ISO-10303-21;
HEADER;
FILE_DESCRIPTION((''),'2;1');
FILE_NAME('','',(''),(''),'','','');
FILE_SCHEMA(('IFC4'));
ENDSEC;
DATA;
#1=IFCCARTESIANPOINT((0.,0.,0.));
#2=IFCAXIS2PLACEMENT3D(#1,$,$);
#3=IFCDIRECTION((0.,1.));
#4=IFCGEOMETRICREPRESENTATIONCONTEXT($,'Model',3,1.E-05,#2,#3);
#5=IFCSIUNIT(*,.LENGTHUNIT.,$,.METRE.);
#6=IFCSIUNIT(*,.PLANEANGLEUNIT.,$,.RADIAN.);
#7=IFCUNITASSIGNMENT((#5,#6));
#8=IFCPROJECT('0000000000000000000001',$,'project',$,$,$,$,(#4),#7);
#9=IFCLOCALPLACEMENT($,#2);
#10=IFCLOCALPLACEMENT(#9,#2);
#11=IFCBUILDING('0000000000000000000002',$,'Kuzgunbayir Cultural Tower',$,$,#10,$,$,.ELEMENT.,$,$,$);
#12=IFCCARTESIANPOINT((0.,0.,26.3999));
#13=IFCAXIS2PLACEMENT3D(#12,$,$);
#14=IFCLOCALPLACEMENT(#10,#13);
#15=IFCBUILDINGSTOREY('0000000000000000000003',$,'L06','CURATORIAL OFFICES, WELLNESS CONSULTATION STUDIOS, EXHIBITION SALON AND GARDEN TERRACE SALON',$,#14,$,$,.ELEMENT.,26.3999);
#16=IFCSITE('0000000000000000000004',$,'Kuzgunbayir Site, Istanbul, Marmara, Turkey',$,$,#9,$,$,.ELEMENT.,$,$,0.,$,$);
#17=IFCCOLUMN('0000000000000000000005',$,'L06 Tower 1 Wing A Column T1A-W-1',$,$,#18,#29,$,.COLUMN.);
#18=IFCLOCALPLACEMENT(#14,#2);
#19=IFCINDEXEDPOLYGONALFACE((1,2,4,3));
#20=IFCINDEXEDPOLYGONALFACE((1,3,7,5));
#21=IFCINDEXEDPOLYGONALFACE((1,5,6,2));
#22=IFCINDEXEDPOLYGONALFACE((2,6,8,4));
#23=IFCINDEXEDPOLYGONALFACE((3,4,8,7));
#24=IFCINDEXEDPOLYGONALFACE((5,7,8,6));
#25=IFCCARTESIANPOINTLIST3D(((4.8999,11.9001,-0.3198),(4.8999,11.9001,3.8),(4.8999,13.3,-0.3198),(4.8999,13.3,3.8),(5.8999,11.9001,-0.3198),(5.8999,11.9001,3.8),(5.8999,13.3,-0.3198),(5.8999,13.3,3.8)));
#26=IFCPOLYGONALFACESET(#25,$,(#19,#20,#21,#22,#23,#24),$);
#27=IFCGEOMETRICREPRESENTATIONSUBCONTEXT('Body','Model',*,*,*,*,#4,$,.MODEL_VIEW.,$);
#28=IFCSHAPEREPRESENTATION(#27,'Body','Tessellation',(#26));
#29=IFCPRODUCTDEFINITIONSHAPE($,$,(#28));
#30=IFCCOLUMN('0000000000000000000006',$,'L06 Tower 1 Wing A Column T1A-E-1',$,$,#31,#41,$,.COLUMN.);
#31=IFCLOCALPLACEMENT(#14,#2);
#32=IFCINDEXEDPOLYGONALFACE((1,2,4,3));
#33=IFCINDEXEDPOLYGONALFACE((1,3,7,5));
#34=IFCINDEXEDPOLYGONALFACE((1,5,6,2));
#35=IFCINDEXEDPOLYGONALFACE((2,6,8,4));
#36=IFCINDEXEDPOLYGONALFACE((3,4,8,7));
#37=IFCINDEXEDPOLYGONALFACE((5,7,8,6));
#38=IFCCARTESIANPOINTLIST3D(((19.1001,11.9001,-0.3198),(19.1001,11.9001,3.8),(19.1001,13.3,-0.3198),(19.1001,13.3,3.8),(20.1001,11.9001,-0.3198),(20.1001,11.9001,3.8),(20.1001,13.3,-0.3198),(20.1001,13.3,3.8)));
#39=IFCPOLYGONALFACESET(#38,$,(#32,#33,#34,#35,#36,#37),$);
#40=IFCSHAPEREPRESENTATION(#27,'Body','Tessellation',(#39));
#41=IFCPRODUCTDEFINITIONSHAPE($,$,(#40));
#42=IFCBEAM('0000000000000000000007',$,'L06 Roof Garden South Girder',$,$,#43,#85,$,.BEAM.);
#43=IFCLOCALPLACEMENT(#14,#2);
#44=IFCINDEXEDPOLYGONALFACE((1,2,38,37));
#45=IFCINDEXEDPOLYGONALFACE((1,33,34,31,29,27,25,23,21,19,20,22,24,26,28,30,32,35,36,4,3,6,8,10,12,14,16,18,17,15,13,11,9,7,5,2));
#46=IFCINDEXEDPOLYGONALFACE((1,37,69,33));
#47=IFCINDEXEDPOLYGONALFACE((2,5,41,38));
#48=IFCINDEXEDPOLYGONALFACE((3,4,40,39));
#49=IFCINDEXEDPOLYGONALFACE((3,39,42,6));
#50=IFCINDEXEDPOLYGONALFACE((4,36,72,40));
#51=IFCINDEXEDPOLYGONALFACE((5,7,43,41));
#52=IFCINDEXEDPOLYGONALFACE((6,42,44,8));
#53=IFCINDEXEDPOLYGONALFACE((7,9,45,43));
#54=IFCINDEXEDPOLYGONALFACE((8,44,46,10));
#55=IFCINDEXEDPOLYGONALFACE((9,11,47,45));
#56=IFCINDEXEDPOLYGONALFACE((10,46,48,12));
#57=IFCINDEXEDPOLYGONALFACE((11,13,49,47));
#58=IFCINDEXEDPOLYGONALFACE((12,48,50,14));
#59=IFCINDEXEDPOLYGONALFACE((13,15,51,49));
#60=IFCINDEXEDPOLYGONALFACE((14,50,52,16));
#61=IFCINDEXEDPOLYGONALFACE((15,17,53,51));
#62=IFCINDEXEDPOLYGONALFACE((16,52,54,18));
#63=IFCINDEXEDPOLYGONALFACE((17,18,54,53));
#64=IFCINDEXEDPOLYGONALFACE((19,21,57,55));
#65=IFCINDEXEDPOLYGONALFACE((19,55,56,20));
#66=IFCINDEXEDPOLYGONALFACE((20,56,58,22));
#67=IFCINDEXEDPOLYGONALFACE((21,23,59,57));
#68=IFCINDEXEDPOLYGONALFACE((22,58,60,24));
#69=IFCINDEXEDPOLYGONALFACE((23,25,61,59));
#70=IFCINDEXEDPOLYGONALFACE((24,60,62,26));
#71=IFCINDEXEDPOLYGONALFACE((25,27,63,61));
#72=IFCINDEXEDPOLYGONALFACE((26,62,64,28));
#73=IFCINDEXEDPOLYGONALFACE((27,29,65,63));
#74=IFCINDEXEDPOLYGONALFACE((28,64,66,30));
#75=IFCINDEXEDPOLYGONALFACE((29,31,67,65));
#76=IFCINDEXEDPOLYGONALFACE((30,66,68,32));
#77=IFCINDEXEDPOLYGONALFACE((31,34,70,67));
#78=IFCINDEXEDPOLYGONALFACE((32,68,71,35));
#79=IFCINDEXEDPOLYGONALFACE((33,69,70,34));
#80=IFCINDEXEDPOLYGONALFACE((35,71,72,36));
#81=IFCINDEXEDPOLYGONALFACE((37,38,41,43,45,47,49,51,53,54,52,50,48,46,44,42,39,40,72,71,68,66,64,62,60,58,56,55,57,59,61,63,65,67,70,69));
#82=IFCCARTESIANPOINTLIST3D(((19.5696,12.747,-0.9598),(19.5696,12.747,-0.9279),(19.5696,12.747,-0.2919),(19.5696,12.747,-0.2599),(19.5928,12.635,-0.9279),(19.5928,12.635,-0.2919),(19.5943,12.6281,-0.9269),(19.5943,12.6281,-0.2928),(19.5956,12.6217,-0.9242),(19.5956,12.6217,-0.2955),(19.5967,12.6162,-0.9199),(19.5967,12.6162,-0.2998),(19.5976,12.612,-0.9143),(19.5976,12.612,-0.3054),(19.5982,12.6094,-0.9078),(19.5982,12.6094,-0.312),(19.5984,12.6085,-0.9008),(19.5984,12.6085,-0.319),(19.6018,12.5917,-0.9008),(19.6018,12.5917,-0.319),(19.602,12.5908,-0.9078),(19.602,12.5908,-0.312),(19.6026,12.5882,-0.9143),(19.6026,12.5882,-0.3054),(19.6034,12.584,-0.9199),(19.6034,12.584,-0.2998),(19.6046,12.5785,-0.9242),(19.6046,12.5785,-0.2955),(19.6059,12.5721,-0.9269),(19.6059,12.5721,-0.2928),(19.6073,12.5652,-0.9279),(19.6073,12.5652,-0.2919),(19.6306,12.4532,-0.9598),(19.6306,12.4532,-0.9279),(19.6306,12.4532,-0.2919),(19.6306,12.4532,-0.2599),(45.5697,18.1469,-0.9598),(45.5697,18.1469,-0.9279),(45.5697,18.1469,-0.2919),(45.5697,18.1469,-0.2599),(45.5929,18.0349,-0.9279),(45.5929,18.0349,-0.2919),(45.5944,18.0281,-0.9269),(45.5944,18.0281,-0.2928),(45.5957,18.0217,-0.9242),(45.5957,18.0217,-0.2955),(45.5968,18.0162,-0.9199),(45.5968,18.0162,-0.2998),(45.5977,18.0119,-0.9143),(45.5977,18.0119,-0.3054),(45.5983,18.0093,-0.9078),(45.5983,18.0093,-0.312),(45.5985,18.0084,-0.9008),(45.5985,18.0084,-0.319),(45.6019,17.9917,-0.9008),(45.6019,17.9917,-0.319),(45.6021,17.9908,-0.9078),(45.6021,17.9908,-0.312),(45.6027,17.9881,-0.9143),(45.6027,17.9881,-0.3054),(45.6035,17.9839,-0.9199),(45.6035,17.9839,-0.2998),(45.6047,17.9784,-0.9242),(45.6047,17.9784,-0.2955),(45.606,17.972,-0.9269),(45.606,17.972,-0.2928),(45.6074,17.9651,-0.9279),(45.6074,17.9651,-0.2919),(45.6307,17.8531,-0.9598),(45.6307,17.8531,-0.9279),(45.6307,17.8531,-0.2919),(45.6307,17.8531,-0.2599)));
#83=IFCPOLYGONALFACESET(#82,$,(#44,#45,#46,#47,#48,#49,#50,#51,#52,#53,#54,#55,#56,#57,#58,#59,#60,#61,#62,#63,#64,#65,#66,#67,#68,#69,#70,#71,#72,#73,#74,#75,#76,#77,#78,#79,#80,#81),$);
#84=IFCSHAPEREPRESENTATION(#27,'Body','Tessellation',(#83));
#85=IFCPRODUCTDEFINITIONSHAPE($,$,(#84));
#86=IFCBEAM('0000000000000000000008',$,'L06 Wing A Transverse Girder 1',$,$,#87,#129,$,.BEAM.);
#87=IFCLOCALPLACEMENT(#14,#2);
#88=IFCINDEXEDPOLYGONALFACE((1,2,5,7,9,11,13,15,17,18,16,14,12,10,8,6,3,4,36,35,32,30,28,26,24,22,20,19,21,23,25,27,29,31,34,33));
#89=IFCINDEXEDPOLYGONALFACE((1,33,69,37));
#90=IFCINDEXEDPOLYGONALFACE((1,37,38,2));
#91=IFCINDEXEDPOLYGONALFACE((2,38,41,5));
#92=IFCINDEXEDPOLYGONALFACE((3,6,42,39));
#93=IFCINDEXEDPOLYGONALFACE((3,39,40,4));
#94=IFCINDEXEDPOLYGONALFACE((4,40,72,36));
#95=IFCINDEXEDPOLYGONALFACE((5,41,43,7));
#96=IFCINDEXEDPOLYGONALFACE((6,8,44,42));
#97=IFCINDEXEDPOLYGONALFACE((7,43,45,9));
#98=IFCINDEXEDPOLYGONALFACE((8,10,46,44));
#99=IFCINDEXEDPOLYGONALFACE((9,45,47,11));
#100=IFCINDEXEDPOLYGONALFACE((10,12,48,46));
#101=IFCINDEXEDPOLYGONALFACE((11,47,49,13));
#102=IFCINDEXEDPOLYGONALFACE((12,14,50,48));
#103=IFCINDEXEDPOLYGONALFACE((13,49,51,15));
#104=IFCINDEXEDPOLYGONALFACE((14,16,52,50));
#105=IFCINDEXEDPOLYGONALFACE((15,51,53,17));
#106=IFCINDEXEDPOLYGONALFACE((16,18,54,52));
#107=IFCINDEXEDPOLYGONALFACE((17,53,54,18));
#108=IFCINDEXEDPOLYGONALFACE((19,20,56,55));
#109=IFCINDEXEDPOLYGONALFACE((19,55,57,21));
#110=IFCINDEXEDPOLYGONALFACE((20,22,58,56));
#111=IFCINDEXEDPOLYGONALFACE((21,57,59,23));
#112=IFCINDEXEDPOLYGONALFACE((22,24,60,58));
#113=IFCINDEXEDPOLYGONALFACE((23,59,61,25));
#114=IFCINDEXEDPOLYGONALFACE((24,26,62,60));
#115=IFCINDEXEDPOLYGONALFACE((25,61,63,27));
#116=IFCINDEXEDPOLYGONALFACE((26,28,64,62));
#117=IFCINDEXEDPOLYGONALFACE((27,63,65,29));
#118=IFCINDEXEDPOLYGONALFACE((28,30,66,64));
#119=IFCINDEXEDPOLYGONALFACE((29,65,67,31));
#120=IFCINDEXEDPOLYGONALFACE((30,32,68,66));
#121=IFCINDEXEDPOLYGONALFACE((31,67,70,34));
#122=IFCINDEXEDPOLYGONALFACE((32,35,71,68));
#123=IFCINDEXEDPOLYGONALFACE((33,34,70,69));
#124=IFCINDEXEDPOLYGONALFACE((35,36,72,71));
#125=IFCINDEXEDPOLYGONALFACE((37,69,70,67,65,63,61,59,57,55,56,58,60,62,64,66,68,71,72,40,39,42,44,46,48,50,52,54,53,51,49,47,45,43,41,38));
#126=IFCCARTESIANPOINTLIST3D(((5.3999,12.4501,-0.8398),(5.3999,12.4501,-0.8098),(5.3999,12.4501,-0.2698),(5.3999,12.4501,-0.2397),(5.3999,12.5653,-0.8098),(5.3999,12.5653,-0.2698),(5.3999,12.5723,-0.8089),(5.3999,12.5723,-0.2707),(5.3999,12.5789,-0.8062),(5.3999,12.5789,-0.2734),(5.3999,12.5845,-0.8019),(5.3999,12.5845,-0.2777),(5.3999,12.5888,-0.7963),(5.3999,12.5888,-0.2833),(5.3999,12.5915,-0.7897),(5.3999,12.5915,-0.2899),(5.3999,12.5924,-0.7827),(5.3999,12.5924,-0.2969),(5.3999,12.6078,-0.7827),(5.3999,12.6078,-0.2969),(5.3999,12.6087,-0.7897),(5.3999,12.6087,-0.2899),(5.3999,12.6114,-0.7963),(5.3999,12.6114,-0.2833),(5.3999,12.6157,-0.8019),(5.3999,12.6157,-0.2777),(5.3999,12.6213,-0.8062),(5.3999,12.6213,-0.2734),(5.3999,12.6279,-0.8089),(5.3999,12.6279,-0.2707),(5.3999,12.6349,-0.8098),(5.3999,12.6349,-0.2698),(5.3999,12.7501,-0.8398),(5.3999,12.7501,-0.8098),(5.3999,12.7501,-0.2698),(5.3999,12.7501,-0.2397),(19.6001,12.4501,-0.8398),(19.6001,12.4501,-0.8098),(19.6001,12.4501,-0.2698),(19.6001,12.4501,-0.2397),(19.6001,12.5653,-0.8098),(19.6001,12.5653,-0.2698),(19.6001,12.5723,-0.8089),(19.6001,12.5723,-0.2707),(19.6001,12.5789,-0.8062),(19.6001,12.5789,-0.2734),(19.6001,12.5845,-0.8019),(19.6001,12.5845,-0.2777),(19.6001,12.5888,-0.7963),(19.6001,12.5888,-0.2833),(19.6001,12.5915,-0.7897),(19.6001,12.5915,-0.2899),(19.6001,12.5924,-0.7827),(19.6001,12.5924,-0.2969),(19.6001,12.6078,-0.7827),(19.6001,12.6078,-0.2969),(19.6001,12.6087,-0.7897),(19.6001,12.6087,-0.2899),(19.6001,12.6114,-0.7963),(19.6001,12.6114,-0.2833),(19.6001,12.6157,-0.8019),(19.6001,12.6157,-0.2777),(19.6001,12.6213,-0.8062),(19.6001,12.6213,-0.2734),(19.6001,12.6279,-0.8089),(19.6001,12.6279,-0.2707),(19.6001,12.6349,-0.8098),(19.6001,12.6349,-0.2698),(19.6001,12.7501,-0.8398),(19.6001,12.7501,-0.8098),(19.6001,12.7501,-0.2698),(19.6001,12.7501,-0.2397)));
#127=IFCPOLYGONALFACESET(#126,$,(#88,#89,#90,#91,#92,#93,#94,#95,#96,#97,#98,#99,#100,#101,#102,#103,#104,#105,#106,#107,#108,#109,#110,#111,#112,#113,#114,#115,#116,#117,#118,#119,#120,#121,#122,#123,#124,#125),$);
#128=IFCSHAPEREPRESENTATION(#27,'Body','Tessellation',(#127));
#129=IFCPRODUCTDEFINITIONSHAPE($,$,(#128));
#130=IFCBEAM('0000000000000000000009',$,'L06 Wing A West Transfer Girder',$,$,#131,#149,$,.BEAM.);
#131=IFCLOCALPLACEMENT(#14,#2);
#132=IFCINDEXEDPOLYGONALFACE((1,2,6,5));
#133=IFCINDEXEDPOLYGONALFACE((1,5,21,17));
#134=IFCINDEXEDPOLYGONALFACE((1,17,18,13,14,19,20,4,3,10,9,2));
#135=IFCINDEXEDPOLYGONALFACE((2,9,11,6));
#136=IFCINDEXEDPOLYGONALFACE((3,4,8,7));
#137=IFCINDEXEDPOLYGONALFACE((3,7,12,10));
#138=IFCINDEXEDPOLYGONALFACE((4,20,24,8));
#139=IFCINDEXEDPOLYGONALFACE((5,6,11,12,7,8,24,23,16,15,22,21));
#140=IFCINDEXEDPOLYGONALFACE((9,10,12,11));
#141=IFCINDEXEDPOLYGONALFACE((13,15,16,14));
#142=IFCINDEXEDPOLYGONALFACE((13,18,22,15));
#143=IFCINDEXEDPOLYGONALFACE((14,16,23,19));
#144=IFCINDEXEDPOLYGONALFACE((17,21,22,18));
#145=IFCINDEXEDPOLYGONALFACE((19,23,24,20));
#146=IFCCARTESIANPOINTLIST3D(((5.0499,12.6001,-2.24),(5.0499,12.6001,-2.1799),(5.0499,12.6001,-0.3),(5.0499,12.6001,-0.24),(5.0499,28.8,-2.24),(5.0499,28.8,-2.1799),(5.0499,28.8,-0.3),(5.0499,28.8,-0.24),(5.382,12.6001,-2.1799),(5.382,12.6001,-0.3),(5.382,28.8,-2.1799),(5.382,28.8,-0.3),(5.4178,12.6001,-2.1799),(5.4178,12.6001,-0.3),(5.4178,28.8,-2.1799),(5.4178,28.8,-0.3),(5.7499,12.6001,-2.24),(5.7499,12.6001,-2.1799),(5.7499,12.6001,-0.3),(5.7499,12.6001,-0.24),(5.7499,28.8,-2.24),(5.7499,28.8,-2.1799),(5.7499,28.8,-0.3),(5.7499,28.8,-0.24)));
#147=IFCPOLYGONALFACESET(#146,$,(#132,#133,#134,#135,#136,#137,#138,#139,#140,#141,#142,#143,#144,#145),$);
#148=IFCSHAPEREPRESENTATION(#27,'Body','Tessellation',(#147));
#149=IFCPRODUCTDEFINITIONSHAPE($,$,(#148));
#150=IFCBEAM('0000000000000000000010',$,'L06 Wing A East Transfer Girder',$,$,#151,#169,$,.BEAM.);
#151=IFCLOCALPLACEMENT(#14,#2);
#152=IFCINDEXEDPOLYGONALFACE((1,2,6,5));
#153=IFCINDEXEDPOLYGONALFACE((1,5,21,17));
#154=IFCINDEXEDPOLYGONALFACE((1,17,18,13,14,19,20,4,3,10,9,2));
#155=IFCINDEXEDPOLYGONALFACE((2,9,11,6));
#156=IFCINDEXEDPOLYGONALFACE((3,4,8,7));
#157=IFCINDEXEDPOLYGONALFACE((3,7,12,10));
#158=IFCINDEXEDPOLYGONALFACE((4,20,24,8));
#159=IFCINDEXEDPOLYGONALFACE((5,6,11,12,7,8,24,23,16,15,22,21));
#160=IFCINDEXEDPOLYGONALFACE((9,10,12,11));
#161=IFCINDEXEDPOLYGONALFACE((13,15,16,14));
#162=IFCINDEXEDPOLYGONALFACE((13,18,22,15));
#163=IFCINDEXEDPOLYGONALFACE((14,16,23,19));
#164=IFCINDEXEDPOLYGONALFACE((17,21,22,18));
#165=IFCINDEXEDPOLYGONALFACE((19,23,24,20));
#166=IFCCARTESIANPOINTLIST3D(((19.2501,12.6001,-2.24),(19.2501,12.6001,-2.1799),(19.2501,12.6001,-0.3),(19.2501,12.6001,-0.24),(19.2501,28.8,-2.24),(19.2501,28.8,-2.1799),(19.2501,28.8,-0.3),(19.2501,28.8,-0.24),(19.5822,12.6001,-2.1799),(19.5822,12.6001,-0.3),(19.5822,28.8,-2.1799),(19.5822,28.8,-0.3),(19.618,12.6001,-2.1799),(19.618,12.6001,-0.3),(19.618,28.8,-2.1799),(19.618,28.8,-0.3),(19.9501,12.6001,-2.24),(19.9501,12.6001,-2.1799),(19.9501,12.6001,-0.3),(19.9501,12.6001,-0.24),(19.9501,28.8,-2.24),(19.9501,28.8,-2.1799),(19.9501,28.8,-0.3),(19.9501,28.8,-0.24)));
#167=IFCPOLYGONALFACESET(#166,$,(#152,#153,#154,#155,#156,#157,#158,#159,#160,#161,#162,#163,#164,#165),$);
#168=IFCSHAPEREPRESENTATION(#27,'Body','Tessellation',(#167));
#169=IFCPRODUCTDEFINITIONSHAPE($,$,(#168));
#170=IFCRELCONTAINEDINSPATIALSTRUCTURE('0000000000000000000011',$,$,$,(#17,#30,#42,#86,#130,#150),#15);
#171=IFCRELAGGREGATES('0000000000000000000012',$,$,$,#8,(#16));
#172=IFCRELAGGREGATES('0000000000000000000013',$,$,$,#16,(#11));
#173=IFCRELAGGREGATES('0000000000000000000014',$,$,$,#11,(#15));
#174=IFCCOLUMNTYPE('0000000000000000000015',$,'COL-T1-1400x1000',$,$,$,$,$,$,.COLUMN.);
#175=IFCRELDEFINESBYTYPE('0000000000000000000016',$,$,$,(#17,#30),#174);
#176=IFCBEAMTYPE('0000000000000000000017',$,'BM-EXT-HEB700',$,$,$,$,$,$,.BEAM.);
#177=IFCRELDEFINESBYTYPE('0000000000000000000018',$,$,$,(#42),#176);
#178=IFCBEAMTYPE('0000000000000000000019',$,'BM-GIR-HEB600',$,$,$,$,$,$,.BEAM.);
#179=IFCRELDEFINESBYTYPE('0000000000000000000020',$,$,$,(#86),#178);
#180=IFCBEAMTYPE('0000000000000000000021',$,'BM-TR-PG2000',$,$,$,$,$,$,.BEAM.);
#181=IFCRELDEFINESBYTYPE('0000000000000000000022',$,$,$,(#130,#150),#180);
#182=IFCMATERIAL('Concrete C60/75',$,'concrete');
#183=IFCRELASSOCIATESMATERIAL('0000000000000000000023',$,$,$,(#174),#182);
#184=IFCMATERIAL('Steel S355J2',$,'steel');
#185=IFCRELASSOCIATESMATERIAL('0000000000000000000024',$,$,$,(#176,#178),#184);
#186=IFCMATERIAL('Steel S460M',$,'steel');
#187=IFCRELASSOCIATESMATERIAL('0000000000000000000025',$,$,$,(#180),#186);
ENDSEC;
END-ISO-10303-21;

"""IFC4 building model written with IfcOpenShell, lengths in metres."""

from ifc_helpers import new_model, si_unit, direction, frame, origin, origin_2d, place, context, subcontext, project, spatial, rectangle, i_section, extrude, material, material_profile, profile_set, type_object, element, save


model = new_model("IFC4")

# Units and contexts
model_context = context("Model", 3, precision=1e-05, world=origin(), true_north=direction((0.0, 1.0)))
body_context = subcontext(model_context, "Body", "Model", "MODEL_VIEW")
ifc_project = project(units=[si_unit("LENGTHUNIT", "METRE"), si_unit("PLANEANGLEUNIT", "RADIAN")], contexts=[model_context])

# Site, building, storey
site_placement = place(None, origin())
site = spatial("IfcSite", under=ifc_project, at=site_placement, Name="Kuzgunbayir Site, Istanbul, Marmara, Turkey", CompositionType="ELEMENT", RefElevation=0.0)
building_placement = place(site_placement, origin())
building = spatial("IfcBuilding", under=site, at=building_placement, Name="Kuzgunbayir Cultural Tower", CompositionType="ELEMENT")
storey_placement = place(building_placement, frame((0.0, 0.0, 26.3999)))
storey = spatial("IfcBuildingStorey", under=building, at=storey_placement, Name="L06", Description="CURATORIAL OFFICES, WELLNESS CONSULTATION STUDIOS, EXHIBITION SALON AND GARDEN TERRACE SALON", CompositionType="ELEMENT", Elevation=26.3999)

# Columns
ifc_material_1 = material(Name="Concrete C60/75", Category="concrete")
ifc_material_profile_1 = material_profile(ifc_material_1, rectangle(XDim=1.0, YDim=1.3999, at=origin_2d()), Name="RC 1400x1000")
ifc_profile_set_1 = profile_set([ifc_material_profile_1], Name="Concrete C60/75")
column_type = type_object("IfcColumnType", Name="COL-T1-1400x1000", PredefinedType="COLUMN", material=ifc_profile_set_1)
for number, where, z_axis, x_axis, name in (
    (1, (5.3999, 12.6001, -0.3198), (0.0, 0.0, 1.0), (1.0, 0.0, 0.0), "L06 Tower 1 Wing A Column T1A-W-1"),
    (2, (19.6001, 12.6001, -0.3198), (0.0, 0.0, 1.0), (1.0, 0.0, 0.0), "L06 Tower 1 Wing A Column T1A-E-1"),
):
    element("IfcColumn", number, at=place(storey_placement, frame(where, z_axis=z_axis, x_axis=x_axis)), inside=storey, type_object=column_type, Name=name, PredefinedType="COLUMN", context=body_context, shape_type="SweptSolid", body=[
        extrude(rectangle(XDim=1.0, YDim=1.3999, at=origin_2d()), origin(), (0.0, 0.0, 1.0), 4.1199),
    ])

# Beams
ifc_material_2 = material(Name="Steel S355J2", Category="steel")
ifc_material_profile_2 = material_profile(ifc_material_2, i_section(OverallWidth=0.3, OverallDepth=0.7, WebThickness=0.0171, FlangeThickness=0.032, FilletRadius=0.0271, at=origin_2d()), Name="HEB 700")
ifc_profile_set_2 = profile_set([ifc_material_profile_2], Name="Steel S355J2")
beam_type_1 = type_object("IfcBeamType", Name="BM-EXT-HEB700", PredefinedType="BEAM", material=ifc_profile_set_2)
beam_1_placement = place(storey_placement, frame((19.6001, 12.6001, -0.6099), z_axis=(0.979106, 0.203349, 0.0), x_axis=(-0.203349, 0.979106, 0.0)))
element("IfcBeam", 3, at=beam_1_placement, inside=storey, type_object=beam_type_1, Name="L06 Roof Garden South Girder", PredefinedType="BEAM", context=body_context, shape_type="SweptSolid", body=[
    extrude(i_section(OverallWidth=0.3, OverallDepth=0.7, WebThickness=0.0171, FlangeThickness=0.032, FilletRadius=0.0271, at=origin_2d()), origin(), (0.0, 0.0, 1.0), 26.5549),
])
ifc_material_profile_3 = material_profile(ifc_material_2, i_section(OverallWidth=0.3, OverallDepth=0.6001, WebThickness=0.0154, FlangeThickness=0.03, FilletRadius=0.0271, at=origin_2d()), Name="HEB 600")
ifc_profile_set_3 = profile_set([ifc_material_profile_3], Name="Steel S355J2")
beam_type_2 = type_object("IfcBeamType", Name="BM-GIR-HEB600", PredefinedType="BEAM", material=ifc_profile_set_3)
beam_2_placement = place(storey_placement, frame((5.3999, 12.6001, -0.5398), z_axis=(1.0, 0.0, 0.0), x_axis=(0.0, 1.0, 0.0)))
element("IfcBeam", 4, at=beam_2_placement, inside=storey, type_object=beam_type_2, Name="L06 Wing A Transverse Girder 1", PredefinedType="BEAM", context=body_context, shape_type="SweptSolid", body=[
    extrude(i_section(OverallWidth=0.3, OverallDepth=0.6001, WebThickness=0.0154, FlangeThickness=0.03, FilletRadius=0.0271, at=origin_2d()), origin(), (0.0, 0.0, 1.0), 14.2002),
])
ifc_material_3 = material(Name="Steel S460M", Category="steel")
ifc_material_profile_4 = material_profile(ifc_material_3, i_section(OverallWidth=0.7, OverallDepth=2.0, WebThickness=0.0359, FlangeThickness=0.0601, at=origin_2d()), Name="PG 2000x700x36x60")
ifc_profile_set_4 = profile_set([ifc_material_profile_4], Name="Steel S460M")
beam_type_3 = type_object("IfcBeamType", Name="BM-TR-PG2000", PredefinedType="BEAM", material=ifc_profile_set_4)
for number, where, z_axis, x_axis, name in (
    (5, (5.3999, 12.6001, -1.24), (0.0, 1.0, 0.0), (-1.0, 0.0, 0.0), "L06 Wing A West Transfer Girder"),
    (6, (19.6001, 12.6001, -1.24), (0.0, 1.0, 0.0), (-1.0, 0.0, 0.0), "L06 Wing A East Transfer Girder"),
):
    element("IfcBeam", number, at=place(storey_placement, frame(where, z_axis=z_axis, x_axis=x_axis)), inside=storey, type_object=beam_type_3, Name=name, PredefinedType="BEAM", context=body_context, shape_type="SweptSolid", body=[
        extrude(i_section(OverallWidth=0.7, OverallDepth=2.0, WebThickness=0.0359, FlangeThickness=0.0601, at=origin_2d()), origin(), (0.0, 0.0, 1.0), 16.2),
    ])

save(model, "model.ifc")
